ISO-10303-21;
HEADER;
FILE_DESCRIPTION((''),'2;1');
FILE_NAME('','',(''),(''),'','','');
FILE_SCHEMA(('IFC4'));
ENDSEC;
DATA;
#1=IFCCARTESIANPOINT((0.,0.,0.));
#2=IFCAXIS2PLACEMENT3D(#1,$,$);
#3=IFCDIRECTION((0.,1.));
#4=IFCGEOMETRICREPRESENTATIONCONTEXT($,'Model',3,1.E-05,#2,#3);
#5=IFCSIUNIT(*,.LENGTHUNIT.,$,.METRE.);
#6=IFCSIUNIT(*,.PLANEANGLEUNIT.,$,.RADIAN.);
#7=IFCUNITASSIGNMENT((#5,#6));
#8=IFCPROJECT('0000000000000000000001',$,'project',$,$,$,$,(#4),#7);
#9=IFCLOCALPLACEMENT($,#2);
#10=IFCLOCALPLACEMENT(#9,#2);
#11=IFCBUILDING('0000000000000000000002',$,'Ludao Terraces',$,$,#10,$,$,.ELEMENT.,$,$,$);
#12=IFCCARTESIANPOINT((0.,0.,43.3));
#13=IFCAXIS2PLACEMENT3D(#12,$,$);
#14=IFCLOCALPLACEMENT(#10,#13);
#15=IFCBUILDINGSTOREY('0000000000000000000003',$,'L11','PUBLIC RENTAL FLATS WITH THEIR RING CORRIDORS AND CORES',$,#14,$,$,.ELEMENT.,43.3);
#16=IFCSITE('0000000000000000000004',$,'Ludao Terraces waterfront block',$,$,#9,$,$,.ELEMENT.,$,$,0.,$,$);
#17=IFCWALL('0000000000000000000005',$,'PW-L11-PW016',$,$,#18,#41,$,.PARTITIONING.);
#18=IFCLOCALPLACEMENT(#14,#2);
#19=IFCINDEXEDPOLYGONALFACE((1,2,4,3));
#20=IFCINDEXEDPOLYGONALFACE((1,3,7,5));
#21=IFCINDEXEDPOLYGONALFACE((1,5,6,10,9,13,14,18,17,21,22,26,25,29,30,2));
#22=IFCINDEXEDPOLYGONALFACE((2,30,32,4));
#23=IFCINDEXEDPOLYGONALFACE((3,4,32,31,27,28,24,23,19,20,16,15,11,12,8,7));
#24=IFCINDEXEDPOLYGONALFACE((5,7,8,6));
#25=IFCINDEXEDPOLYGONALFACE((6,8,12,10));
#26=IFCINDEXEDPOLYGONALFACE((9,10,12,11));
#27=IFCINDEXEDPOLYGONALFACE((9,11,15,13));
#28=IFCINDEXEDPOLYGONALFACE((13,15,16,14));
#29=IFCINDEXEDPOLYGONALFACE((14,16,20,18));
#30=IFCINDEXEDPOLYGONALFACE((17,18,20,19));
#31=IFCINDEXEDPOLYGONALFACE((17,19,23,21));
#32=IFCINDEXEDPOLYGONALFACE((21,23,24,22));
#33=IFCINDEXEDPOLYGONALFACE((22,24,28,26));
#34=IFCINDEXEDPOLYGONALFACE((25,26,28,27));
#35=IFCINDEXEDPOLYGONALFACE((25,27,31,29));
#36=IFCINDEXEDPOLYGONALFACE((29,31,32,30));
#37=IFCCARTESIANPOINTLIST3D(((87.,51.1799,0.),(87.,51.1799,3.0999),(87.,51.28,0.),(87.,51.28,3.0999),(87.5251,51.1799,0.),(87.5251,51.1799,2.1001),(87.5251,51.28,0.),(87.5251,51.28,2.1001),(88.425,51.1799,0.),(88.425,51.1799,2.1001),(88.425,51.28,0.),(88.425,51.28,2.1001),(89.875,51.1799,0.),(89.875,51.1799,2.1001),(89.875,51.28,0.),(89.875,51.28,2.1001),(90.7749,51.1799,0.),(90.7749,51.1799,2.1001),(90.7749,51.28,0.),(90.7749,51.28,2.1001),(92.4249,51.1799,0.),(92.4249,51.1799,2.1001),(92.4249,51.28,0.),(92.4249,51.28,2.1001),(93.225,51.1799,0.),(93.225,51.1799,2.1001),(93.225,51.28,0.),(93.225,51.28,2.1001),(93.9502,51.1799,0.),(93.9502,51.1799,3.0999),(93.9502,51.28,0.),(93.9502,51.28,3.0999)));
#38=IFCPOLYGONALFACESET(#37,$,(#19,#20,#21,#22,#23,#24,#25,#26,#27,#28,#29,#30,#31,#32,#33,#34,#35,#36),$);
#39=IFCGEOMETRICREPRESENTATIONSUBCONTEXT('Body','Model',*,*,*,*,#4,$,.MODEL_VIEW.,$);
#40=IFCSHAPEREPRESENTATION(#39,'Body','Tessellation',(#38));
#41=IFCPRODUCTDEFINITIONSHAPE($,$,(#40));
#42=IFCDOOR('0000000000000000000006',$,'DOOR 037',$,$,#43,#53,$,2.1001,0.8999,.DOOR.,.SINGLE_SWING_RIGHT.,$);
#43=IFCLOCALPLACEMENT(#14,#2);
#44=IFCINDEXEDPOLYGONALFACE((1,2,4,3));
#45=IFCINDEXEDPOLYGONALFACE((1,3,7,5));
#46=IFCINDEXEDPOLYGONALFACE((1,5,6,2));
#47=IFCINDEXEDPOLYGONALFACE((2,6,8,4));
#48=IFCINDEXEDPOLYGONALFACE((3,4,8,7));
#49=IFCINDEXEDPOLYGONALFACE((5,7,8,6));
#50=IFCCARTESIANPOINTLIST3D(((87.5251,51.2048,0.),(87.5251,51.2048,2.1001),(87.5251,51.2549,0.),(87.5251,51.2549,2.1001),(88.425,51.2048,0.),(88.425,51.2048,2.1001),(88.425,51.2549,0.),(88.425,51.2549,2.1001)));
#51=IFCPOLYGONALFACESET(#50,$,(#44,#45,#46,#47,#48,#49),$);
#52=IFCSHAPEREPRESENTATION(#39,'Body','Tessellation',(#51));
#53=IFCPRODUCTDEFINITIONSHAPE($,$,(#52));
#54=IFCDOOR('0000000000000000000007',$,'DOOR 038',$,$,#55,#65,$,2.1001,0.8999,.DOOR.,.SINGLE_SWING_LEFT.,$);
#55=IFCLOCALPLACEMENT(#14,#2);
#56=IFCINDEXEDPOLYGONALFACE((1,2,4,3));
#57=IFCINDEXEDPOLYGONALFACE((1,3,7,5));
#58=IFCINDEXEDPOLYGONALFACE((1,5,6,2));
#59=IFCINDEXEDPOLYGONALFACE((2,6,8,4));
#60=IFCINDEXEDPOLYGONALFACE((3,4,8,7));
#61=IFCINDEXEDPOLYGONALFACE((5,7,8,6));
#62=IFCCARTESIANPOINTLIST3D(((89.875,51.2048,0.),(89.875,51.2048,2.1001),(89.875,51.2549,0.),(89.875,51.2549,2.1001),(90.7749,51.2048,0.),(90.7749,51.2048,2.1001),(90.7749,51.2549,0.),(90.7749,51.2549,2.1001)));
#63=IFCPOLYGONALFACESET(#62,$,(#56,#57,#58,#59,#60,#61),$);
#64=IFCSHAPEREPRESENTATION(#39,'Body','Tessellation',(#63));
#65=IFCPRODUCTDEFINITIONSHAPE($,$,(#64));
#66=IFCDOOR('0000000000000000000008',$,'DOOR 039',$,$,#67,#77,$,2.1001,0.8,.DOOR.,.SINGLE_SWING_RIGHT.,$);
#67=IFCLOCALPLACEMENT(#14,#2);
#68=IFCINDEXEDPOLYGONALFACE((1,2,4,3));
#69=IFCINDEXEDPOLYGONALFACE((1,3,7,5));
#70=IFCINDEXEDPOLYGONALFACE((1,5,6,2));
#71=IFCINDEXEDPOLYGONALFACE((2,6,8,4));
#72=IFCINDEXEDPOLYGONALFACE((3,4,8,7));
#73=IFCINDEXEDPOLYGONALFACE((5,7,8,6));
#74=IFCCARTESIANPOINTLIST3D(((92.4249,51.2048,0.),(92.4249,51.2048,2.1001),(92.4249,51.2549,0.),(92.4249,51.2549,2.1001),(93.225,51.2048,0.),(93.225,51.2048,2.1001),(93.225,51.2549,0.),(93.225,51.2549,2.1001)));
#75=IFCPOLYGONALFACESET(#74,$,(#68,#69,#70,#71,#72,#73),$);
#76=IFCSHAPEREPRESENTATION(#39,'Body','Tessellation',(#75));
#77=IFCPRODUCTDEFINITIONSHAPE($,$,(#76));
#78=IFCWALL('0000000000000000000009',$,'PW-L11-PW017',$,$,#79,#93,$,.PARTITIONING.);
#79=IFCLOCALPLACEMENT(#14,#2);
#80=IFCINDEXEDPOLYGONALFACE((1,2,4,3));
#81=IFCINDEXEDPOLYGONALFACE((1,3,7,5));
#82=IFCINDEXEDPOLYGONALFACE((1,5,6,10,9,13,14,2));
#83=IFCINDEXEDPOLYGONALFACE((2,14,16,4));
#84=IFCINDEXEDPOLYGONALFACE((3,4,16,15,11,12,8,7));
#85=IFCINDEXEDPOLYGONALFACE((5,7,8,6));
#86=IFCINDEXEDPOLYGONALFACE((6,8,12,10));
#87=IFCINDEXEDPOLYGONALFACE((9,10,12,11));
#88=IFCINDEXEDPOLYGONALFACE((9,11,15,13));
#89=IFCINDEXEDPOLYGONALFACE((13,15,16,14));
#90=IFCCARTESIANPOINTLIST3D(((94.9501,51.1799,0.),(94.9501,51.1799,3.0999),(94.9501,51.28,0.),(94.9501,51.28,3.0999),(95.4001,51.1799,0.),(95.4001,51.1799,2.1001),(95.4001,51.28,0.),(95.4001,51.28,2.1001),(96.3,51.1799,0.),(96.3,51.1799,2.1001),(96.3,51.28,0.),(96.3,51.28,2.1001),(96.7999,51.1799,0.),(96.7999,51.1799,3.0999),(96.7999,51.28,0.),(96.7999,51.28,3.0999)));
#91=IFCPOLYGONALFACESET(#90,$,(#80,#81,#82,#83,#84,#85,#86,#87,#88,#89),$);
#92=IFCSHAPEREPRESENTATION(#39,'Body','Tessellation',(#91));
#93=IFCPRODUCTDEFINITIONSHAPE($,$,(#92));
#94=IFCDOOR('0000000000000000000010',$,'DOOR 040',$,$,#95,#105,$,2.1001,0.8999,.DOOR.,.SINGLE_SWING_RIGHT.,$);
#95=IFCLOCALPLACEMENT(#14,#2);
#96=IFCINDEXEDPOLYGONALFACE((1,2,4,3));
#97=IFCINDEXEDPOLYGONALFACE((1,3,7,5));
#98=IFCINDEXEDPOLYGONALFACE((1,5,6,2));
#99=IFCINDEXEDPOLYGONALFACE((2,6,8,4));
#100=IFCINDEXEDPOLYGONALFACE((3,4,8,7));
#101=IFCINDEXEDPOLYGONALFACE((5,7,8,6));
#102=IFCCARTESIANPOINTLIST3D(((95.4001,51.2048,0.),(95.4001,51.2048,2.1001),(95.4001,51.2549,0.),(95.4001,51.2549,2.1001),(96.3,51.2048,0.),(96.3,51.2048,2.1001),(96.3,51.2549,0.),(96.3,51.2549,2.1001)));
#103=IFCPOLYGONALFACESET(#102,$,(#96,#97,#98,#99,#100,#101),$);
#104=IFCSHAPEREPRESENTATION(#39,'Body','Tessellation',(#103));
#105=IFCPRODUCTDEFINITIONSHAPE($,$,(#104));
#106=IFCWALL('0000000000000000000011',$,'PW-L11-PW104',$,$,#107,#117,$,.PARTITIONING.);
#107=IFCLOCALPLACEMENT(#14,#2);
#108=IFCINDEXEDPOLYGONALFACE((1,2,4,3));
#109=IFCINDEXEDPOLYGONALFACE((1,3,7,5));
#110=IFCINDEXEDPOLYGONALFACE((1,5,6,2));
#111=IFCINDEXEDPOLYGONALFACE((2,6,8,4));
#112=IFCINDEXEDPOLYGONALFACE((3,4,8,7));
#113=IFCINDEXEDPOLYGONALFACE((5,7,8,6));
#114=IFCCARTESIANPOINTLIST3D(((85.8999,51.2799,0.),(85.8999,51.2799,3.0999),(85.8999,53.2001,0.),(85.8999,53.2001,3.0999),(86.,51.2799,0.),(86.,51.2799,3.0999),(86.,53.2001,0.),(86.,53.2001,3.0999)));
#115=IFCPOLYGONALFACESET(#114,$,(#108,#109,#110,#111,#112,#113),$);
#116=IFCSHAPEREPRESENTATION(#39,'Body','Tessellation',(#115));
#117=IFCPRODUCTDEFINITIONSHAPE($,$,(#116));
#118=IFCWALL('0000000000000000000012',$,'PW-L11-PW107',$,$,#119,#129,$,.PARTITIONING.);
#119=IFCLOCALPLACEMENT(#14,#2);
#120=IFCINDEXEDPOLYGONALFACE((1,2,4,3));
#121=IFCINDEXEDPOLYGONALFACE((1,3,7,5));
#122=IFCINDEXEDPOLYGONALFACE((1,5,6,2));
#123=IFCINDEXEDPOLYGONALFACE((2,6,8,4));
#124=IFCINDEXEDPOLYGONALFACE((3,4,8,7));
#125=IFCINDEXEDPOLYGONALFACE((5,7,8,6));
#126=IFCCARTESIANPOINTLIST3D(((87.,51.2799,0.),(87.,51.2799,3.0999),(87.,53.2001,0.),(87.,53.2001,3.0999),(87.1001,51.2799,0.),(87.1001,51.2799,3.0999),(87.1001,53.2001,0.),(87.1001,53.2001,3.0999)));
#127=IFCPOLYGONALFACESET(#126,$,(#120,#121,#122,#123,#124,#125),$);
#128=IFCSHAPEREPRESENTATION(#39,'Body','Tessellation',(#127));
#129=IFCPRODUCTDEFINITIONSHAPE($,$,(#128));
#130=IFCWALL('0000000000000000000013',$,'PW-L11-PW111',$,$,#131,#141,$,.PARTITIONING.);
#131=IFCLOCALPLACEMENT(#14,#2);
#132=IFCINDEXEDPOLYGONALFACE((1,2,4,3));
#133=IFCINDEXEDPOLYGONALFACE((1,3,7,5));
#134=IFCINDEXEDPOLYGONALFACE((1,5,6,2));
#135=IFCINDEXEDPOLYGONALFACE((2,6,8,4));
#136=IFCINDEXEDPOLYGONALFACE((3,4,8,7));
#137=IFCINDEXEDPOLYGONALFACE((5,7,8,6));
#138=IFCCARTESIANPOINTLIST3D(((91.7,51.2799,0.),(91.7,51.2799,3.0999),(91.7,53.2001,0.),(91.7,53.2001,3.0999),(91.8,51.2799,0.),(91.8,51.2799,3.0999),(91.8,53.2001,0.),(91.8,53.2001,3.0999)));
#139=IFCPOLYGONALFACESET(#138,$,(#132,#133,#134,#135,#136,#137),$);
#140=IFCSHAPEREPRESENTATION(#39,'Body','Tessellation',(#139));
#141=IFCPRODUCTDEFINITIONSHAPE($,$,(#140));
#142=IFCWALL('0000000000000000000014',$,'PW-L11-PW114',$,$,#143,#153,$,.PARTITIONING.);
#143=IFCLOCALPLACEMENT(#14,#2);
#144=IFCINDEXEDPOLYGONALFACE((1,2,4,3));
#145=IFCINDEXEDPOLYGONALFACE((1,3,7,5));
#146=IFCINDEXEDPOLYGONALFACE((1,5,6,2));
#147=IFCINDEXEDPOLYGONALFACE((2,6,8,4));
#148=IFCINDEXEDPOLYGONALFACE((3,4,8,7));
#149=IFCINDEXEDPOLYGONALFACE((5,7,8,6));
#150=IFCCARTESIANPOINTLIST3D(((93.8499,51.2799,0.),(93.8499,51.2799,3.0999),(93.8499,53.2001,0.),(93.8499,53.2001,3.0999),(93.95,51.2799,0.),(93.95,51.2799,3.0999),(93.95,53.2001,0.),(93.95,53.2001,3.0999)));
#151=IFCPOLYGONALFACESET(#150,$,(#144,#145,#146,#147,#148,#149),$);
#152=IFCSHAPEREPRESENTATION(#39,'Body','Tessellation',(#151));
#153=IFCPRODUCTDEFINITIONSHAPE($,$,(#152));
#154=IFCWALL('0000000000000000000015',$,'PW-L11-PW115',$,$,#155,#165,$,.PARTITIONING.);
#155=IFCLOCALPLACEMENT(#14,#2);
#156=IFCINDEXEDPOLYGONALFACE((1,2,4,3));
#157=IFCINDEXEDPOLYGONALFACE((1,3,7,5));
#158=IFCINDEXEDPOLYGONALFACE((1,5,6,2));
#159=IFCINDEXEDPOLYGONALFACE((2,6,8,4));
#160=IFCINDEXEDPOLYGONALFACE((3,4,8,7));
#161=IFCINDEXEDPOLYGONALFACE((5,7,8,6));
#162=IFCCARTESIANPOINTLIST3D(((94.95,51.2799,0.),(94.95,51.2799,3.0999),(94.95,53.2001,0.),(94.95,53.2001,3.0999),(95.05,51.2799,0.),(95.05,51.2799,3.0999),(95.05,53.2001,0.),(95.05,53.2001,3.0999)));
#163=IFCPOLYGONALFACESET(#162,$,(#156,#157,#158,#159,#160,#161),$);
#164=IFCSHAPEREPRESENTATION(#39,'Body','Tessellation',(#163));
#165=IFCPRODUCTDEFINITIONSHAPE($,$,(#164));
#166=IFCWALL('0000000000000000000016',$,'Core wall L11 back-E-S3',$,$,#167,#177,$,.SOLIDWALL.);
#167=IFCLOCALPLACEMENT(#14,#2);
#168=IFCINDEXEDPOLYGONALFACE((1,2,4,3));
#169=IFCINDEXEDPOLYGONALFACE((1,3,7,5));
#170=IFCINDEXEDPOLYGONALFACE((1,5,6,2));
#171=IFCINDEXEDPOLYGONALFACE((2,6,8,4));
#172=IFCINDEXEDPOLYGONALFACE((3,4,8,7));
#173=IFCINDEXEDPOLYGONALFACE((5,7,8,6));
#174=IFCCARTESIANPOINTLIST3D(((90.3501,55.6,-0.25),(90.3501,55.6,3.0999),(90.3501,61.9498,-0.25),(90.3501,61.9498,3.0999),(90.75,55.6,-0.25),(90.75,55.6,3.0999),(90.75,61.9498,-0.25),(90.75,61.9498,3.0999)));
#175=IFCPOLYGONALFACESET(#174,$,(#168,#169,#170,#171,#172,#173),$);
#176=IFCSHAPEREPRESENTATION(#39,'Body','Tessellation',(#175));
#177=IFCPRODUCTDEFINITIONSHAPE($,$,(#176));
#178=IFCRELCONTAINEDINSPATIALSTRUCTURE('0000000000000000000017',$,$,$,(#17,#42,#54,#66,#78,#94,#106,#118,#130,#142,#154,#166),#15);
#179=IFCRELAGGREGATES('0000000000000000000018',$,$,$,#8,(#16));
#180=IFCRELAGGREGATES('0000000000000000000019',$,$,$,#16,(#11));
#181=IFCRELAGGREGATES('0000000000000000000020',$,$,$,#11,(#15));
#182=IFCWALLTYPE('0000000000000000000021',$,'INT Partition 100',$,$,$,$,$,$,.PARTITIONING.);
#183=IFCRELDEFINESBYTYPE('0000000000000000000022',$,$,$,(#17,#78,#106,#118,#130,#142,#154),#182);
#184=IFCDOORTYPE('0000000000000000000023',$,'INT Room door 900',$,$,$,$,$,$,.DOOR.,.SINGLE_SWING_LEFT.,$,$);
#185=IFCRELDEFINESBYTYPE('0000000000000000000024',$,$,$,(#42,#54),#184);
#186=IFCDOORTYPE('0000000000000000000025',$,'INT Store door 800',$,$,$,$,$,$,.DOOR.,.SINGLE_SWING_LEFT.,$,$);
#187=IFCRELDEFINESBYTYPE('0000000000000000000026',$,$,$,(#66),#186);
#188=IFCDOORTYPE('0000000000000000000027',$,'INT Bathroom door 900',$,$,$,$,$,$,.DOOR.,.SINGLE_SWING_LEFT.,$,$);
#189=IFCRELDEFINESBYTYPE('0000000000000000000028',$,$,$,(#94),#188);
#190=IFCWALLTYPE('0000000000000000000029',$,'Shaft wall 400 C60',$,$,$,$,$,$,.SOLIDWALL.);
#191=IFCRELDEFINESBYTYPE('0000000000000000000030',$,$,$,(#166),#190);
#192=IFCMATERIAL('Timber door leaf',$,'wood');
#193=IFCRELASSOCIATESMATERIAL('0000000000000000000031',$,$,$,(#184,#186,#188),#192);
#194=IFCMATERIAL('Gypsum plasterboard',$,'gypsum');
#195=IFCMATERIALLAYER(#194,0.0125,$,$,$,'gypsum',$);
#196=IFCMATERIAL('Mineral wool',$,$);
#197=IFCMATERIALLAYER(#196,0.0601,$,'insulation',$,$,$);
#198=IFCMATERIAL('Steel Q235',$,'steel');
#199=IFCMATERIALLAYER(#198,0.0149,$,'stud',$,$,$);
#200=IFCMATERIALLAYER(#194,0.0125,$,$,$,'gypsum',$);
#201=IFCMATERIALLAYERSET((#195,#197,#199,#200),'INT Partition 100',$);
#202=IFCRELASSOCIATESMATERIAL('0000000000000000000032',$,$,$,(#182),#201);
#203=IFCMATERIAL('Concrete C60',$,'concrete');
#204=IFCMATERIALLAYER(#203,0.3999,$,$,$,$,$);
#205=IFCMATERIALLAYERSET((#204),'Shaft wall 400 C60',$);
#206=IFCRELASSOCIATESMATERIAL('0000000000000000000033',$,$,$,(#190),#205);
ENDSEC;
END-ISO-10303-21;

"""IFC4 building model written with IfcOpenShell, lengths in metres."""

from ifc_helpers import new_model, si_unit, direction, frame, frame_2d, origin, place, context, subcontext, project, spatial, rectangle, extrude, material, layer, layer_set, type_object, element, fill, save


model = new_model("IFC4")

# Units and contexts
model_context = context("Model", 3, precision=1e-05, world=origin(), true_north=direction((0.0, 1.0)))
body_context = subcontext(model_context, "Body", "Model", "MODEL_VIEW")
ifc_project = project(units=[si_unit("LENGTHUNIT", "METRE"), si_unit("PLANEANGLEUNIT", "RADIAN")], contexts=[model_context])

# Site, building, storey
site_placement = place(None, origin())
site = spatial("IfcSite", under=ifc_project, at=site_placement, Name="Ludao Terraces waterfront block", CompositionType="ELEMENT", RefElevation=0.0)
building_placement = place(site_placement, origin())
building = spatial("IfcBuilding", under=site, at=building_placement, Name="Ludao Terraces", CompositionType="ELEMENT")
storey_placement = place(building_placement, frame((0.0, 0.0, 43.3)))
storey = spatial("IfcBuildingStorey", under=building, at=storey_placement, Name="L11", Description="PUBLIC RENTAL FLATS WITH THEIR RING CORRIDORS AND CORES", CompositionType="ELEMENT", Elevation=43.3)

# Shared definitions
ifc_material_1 = material(Name="Concrete C60", Category="concrete")

# Shared definitions
ifc_material_2 = material(Name="Steel Q235", Category="steel")
ifc_material_3 = material(Name="Mineral wool")
ifc_material_4 = material(Name="Timber door leaf", Category="wood")
door_type_1 = type_object("IfcDoorType", Name="INT Room door 900", OperationType="SINGLE_SWING_LEFT", PredefinedType="DOOR", material=ifc_material_4)

# Shared definitions
ifc_material_5 = material(Name="Gypsum plasterboard", Category="gypsum")
ifc_layer_1 = layer(ifc_material_5, 0.0125, Category="gypsum")
ifc_layer_2 = layer(ifc_material_3, 0.0601, Name="insulation")
ifc_layer_3 = layer(ifc_material_2, 0.0149, Name="stud")
ifc_layer_4 = layer(ifc_material_5, 0.0125, Category="gypsum")
ifc_layer_set_1 = layer_set([ifc_layer_1, ifc_layer_2, ifc_layer_3, ifc_layer_4], Name="INT Partition 100")
wall_type_1 = type_object("IfcWallType", Name="INT Partition 100", PredefinedType="PARTITIONING", material=ifc_layer_set_1)

# Wall, openings, doors
wall_1_placement = place(storey_placement, frame((87.0, 51.23, 0.0), z_axis=(0.0, 0.0, 1.0), x_axis=(1.0, 0.0, 0.0)))
wall_1 = element("IfcWall", 1, at=wall_1_placement, inside=storey, type_object=wall_type_1, Name="PW-L11-PW016", PredefinedType="PARTITIONING", context=body_context, shape_type="SweptSolid", body=[
    extrude(rectangle(XDim=6.9502, YDim=0.1001, at=frame_2d((3.4751, 0.0))), origin(), (0.0, 0.0, 1.0), 3.0999),
])
opening_1_placement = place(wall_1_placement, frame((0.5251, 0.0, 0.0)))
opening_1 = element("IfcOpeningElement", 2, at=opening_1_placement, cuts=wall_1, PredefinedType="OPENING", context=body_context, shape_type="SweptSolid", body=[
    extrude(rectangle(XDim=0.8999, YDim=2.1001, at=frame_2d((0.45, 1.05))), frame((0.0, 0.0601, 0.0), z_axis=(0.0, -1.0, 0.0), x_axis=(1.0, 0.0, 0.0)), (0.0, 0.0, 1.0), 0.1201),
])
opening_2_placement = place(wall_1_placement, frame((2.875, 0.0, 0.0)))
opening_2 = element("IfcOpeningElement", 3, at=opening_2_placement, cuts=wall_1, PredefinedType="OPENING", context=body_context, shape_type="SweptSolid", body=[
    extrude(rectangle(XDim=0.8999, YDim=2.1001, at=frame_2d((0.45, 1.05))), frame((0.0, 0.0601, 0.0), z_axis=(0.0, -1.0, 0.0), x_axis=(1.0, 0.0, 0.0)), (0.0, 0.0, 1.0), 0.1201),
])
opening_3_placement = place(wall_1_placement, frame((5.425, 0.0, 0.0)))
opening_3 = element("IfcOpeningElement", 4, at=opening_3_placement, cuts=wall_1, PredefinedType="OPENING", context=body_context, shape_type="SweptSolid", body=[
    extrude(rectangle(XDim=0.8, YDim=2.1001, at=frame_2d((0.3999, 1.05))), frame((0.0, 0.0601, 0.0), z_axis=(0.0, -1.0, 0.0), x_axis=(1.0, 0.0, 0.0)), (0.0, 0.0, 1.0), 0.1201),
])
door_1_placement = place(opening_1_placement, origin())
door_1 = element("IfcDoor", 5, at=door_1_placement, inside=storey, type_object=door_type_1, Name="DOOR 037", OperationType="SINGLE_SWING_RIGHT", OverallHeight=2.1001, OverallWidth=0.8999, PredefinedType="DOOR", context=body_context, shape_type="SweptSolid", body=[
    extrude(rectangle(XDim=0.8999, YDim=2.1001, at=frame_2d((0.45, 1.05))), frame((0.0, 0.0249, 0.0), z_axis=(0.0, -1.0, 0.0), x_axis=(1.0, 0.0, 0.0)), (0.0, 0.0, 1.0), 0.05),
])
fill(opening_1, door_1)
door_2_placement = place(opening_2_placement, origin())
door_2 = element("IfcDoor", 6, at=door_2_placement, inside=storey, type_object=door_type_1, Name="DOOR 038", OperationType="SINGLE_SWING_LEFT", OverallHeight=2.1001, OverallWidth=0.8999, PredefinedType="DOOR", context=body_context, shape_type="SweptSolid", body=[
    extrude(rectangle(XDim=0.8999, YDim=2.1001, at=frame_2d((0.45, 1.05))), frame((0.0, 0.0249, 0.0), z_axis=(0.0, -1.0, 0.0), x_axis=(1.0, 0.0, 0.0)), (0.0, 0.0, 1.0), 0.05),
])
fill(opening_2, door_2)
door_type_2 = type_object("IfcDoorType", Name="INT Store door 800", OperationType="SINGLE_SWING_LEFT", PredefinedType="DOOR", material=ifc_material_4)
door_3_placement = place(opening_3_placement, origin())
door_3 = element("IfcDoor", 7, at=door_3_placement, inside=storey, type_object=door_type_2, Name="DOOR 039", OperationType="SINGLE_SWING_RIGHT", OverallHeight=2.1001, OverallWidth=0.8, PredefinedType="DOOR", context=body_context, shape_type="SweptSolid", body=[
    extrude(rectangle(XDim=0.8, YDim=2.1001, at=frame_2d((0.3999, 1.05))), frame((0.0, 0.0249, 0.0), z_axis=(0.0, -1.0, 0.0), x_axis=(1.0, 0.0, 0.0)), (0.0, 0.0, 1.0), 0.05),
])
fill(opening_3, door_3)

# Wall, opening, door
wall_2_placement = place(storey_placement, frame((94.9502, 51.23, 0.0), z_axis=(0.0, 0.0, 1.0), x_axis=(1.0, 0.0, 0.0)))
wall_2 = element("IfcWall", 8, at=wall_2_placement, inside=storey, type_object=wall_type_1, Name="PW-L11-PW017", PredefinedType="PARTITIONING", context=body_context, shape_type="SweptSolid", body=[
    extrude(rectangle(XDim=1.8499, YDim=0.1001, at=frame_2d((0.9248, 0.0))), origin(), (0.0, 0.0, 1.0), 3.0999),
])
opening_4_placement = place(wall_2_placement, frame((0.45, 0.0, 0.0)))
opening_4 = element("IfcOpeningElement", 9, at=opening_4_placement, cuts=wall_2, PredefinedType="OPENING", context=body_context, shape_type="SweptSolid", body=[
    extrude(rectangle(XDim=0.8999, YDim=2.1001, at=frame_2d((0.45, 1.05))), frame((0.0, 0.0601, 0.0), z_axis=(0.0, -1.0, 0.0), x_axis=(1.0, 0.0, 0.0)), (0.0, 0.0, 1.0), 0.1201),
])
door_type_3 = type_object("IfcDoorType", Name="INT Bathroom door 900", OperationType="SINGLE_SWING_LEFT", PredefinedType="DOOR", material=ifc_material_4)
door_4_placement = place(opening_4_placement, origin())
door_4 = element("IfcDoor", 10, at=door_4_placement, inside=storey, type_object=door_type_3, Name="DOOR 040", OperationType="SINGLE_SWING_RIGHT", OverallHeight=2.1001, OverallWidth=0.8999, PredefinedType="DOOR", context=body_context, shape_type="SweptSolid", body=[
    extrude(rectangle(XDim=0.8999, YDim=2.1001, at=frame_2d((0.45, 1.05))), frame((0.0, 0.0249, 0.0), z_axis=(0.0, -1.0, 0.0), x_axis=(1.0, 0.0, 0.0)), (0.0, 0.0, 1.0), 0.05),
])
fill(opening_4, door_4)

# Walls
for number, where, z_axis, x_axis, name in (
    (11, (85.95, 51.28, 0.0), (0.0, 0.0, 1.0), (0.0, 1.0, 0.0), "PW-L11-PW104"),
    (12, (87.05, 51.28, 0.0), (0.0, 0.0, 1.0), (0.0, 1.0, 0.0), "PW-L11-PW107"),
    (13, (91.75, 51.28, 0.0), (0.0, 0.0, 1.0), (0.0, 1.0, 0.0), "PW-L11-PW111"),
    (14, (93.8999, 51.28, 0.0), (0.0, 0.0, 1.0), (0.0, 1.0, 0.0), "PW-L11-PW114"),
    (15, (95.0, 51.28, 0.0), (0.0, 0.0, 1.0), (0.0, 1.0, 0.0), "PW-L11-PW115"),
):
    element("IfcWall", number, at=place(storey_placement, frame(where, z_axis=z_axis, x_axis=x_axis)), inside=storey, type_object=wall_type_1, Name=name, PredefinedType="PARTITIONING", context=body_context, shape_type="SweptSolid", body=[
        extrude(rectangle(XDim=1.9202, YDim=0.1001, at=frame_2d((0.96, 0.0))), origin(), (0.0, 0.0, 1.0), 3.0999),
    ])
ifc_layer_5 = layer(ifc_material_1, 0.3999)
ifc_layer_set_2 = layer_set([ifc_layer_5], Name="Shaft wall 400 C60")
wall_type_2 = type_object("IfcWallType", Name="Shaft wall 400 C60", PredefinedType="SOLIDWALL", material=ifc_layer_set_2)
wall_3_placement = place(storey_placement, frame((90.55, 55.6001, -0.25), z_axis=(0.0, 0.0, 1.0), x_axis=(0.0, 1.0, 0.0)))
element("IfcWall", 16, at=wall_3_placement, inside=storey, type_object=wall_type_2, Name="Core wall L11 back-E-S3", PredefinedType="SOLIDWALL", context=body_context, shape_type="SweptSolid", body=[
    extrude(rectangle(XDim=6.3499, YDim=0.3999, at=frame_2d((3.1748, 0.0))), origin(), (0.0, 0.0, 1.0), 3.3499),
])

save(model, "model.ifc")
